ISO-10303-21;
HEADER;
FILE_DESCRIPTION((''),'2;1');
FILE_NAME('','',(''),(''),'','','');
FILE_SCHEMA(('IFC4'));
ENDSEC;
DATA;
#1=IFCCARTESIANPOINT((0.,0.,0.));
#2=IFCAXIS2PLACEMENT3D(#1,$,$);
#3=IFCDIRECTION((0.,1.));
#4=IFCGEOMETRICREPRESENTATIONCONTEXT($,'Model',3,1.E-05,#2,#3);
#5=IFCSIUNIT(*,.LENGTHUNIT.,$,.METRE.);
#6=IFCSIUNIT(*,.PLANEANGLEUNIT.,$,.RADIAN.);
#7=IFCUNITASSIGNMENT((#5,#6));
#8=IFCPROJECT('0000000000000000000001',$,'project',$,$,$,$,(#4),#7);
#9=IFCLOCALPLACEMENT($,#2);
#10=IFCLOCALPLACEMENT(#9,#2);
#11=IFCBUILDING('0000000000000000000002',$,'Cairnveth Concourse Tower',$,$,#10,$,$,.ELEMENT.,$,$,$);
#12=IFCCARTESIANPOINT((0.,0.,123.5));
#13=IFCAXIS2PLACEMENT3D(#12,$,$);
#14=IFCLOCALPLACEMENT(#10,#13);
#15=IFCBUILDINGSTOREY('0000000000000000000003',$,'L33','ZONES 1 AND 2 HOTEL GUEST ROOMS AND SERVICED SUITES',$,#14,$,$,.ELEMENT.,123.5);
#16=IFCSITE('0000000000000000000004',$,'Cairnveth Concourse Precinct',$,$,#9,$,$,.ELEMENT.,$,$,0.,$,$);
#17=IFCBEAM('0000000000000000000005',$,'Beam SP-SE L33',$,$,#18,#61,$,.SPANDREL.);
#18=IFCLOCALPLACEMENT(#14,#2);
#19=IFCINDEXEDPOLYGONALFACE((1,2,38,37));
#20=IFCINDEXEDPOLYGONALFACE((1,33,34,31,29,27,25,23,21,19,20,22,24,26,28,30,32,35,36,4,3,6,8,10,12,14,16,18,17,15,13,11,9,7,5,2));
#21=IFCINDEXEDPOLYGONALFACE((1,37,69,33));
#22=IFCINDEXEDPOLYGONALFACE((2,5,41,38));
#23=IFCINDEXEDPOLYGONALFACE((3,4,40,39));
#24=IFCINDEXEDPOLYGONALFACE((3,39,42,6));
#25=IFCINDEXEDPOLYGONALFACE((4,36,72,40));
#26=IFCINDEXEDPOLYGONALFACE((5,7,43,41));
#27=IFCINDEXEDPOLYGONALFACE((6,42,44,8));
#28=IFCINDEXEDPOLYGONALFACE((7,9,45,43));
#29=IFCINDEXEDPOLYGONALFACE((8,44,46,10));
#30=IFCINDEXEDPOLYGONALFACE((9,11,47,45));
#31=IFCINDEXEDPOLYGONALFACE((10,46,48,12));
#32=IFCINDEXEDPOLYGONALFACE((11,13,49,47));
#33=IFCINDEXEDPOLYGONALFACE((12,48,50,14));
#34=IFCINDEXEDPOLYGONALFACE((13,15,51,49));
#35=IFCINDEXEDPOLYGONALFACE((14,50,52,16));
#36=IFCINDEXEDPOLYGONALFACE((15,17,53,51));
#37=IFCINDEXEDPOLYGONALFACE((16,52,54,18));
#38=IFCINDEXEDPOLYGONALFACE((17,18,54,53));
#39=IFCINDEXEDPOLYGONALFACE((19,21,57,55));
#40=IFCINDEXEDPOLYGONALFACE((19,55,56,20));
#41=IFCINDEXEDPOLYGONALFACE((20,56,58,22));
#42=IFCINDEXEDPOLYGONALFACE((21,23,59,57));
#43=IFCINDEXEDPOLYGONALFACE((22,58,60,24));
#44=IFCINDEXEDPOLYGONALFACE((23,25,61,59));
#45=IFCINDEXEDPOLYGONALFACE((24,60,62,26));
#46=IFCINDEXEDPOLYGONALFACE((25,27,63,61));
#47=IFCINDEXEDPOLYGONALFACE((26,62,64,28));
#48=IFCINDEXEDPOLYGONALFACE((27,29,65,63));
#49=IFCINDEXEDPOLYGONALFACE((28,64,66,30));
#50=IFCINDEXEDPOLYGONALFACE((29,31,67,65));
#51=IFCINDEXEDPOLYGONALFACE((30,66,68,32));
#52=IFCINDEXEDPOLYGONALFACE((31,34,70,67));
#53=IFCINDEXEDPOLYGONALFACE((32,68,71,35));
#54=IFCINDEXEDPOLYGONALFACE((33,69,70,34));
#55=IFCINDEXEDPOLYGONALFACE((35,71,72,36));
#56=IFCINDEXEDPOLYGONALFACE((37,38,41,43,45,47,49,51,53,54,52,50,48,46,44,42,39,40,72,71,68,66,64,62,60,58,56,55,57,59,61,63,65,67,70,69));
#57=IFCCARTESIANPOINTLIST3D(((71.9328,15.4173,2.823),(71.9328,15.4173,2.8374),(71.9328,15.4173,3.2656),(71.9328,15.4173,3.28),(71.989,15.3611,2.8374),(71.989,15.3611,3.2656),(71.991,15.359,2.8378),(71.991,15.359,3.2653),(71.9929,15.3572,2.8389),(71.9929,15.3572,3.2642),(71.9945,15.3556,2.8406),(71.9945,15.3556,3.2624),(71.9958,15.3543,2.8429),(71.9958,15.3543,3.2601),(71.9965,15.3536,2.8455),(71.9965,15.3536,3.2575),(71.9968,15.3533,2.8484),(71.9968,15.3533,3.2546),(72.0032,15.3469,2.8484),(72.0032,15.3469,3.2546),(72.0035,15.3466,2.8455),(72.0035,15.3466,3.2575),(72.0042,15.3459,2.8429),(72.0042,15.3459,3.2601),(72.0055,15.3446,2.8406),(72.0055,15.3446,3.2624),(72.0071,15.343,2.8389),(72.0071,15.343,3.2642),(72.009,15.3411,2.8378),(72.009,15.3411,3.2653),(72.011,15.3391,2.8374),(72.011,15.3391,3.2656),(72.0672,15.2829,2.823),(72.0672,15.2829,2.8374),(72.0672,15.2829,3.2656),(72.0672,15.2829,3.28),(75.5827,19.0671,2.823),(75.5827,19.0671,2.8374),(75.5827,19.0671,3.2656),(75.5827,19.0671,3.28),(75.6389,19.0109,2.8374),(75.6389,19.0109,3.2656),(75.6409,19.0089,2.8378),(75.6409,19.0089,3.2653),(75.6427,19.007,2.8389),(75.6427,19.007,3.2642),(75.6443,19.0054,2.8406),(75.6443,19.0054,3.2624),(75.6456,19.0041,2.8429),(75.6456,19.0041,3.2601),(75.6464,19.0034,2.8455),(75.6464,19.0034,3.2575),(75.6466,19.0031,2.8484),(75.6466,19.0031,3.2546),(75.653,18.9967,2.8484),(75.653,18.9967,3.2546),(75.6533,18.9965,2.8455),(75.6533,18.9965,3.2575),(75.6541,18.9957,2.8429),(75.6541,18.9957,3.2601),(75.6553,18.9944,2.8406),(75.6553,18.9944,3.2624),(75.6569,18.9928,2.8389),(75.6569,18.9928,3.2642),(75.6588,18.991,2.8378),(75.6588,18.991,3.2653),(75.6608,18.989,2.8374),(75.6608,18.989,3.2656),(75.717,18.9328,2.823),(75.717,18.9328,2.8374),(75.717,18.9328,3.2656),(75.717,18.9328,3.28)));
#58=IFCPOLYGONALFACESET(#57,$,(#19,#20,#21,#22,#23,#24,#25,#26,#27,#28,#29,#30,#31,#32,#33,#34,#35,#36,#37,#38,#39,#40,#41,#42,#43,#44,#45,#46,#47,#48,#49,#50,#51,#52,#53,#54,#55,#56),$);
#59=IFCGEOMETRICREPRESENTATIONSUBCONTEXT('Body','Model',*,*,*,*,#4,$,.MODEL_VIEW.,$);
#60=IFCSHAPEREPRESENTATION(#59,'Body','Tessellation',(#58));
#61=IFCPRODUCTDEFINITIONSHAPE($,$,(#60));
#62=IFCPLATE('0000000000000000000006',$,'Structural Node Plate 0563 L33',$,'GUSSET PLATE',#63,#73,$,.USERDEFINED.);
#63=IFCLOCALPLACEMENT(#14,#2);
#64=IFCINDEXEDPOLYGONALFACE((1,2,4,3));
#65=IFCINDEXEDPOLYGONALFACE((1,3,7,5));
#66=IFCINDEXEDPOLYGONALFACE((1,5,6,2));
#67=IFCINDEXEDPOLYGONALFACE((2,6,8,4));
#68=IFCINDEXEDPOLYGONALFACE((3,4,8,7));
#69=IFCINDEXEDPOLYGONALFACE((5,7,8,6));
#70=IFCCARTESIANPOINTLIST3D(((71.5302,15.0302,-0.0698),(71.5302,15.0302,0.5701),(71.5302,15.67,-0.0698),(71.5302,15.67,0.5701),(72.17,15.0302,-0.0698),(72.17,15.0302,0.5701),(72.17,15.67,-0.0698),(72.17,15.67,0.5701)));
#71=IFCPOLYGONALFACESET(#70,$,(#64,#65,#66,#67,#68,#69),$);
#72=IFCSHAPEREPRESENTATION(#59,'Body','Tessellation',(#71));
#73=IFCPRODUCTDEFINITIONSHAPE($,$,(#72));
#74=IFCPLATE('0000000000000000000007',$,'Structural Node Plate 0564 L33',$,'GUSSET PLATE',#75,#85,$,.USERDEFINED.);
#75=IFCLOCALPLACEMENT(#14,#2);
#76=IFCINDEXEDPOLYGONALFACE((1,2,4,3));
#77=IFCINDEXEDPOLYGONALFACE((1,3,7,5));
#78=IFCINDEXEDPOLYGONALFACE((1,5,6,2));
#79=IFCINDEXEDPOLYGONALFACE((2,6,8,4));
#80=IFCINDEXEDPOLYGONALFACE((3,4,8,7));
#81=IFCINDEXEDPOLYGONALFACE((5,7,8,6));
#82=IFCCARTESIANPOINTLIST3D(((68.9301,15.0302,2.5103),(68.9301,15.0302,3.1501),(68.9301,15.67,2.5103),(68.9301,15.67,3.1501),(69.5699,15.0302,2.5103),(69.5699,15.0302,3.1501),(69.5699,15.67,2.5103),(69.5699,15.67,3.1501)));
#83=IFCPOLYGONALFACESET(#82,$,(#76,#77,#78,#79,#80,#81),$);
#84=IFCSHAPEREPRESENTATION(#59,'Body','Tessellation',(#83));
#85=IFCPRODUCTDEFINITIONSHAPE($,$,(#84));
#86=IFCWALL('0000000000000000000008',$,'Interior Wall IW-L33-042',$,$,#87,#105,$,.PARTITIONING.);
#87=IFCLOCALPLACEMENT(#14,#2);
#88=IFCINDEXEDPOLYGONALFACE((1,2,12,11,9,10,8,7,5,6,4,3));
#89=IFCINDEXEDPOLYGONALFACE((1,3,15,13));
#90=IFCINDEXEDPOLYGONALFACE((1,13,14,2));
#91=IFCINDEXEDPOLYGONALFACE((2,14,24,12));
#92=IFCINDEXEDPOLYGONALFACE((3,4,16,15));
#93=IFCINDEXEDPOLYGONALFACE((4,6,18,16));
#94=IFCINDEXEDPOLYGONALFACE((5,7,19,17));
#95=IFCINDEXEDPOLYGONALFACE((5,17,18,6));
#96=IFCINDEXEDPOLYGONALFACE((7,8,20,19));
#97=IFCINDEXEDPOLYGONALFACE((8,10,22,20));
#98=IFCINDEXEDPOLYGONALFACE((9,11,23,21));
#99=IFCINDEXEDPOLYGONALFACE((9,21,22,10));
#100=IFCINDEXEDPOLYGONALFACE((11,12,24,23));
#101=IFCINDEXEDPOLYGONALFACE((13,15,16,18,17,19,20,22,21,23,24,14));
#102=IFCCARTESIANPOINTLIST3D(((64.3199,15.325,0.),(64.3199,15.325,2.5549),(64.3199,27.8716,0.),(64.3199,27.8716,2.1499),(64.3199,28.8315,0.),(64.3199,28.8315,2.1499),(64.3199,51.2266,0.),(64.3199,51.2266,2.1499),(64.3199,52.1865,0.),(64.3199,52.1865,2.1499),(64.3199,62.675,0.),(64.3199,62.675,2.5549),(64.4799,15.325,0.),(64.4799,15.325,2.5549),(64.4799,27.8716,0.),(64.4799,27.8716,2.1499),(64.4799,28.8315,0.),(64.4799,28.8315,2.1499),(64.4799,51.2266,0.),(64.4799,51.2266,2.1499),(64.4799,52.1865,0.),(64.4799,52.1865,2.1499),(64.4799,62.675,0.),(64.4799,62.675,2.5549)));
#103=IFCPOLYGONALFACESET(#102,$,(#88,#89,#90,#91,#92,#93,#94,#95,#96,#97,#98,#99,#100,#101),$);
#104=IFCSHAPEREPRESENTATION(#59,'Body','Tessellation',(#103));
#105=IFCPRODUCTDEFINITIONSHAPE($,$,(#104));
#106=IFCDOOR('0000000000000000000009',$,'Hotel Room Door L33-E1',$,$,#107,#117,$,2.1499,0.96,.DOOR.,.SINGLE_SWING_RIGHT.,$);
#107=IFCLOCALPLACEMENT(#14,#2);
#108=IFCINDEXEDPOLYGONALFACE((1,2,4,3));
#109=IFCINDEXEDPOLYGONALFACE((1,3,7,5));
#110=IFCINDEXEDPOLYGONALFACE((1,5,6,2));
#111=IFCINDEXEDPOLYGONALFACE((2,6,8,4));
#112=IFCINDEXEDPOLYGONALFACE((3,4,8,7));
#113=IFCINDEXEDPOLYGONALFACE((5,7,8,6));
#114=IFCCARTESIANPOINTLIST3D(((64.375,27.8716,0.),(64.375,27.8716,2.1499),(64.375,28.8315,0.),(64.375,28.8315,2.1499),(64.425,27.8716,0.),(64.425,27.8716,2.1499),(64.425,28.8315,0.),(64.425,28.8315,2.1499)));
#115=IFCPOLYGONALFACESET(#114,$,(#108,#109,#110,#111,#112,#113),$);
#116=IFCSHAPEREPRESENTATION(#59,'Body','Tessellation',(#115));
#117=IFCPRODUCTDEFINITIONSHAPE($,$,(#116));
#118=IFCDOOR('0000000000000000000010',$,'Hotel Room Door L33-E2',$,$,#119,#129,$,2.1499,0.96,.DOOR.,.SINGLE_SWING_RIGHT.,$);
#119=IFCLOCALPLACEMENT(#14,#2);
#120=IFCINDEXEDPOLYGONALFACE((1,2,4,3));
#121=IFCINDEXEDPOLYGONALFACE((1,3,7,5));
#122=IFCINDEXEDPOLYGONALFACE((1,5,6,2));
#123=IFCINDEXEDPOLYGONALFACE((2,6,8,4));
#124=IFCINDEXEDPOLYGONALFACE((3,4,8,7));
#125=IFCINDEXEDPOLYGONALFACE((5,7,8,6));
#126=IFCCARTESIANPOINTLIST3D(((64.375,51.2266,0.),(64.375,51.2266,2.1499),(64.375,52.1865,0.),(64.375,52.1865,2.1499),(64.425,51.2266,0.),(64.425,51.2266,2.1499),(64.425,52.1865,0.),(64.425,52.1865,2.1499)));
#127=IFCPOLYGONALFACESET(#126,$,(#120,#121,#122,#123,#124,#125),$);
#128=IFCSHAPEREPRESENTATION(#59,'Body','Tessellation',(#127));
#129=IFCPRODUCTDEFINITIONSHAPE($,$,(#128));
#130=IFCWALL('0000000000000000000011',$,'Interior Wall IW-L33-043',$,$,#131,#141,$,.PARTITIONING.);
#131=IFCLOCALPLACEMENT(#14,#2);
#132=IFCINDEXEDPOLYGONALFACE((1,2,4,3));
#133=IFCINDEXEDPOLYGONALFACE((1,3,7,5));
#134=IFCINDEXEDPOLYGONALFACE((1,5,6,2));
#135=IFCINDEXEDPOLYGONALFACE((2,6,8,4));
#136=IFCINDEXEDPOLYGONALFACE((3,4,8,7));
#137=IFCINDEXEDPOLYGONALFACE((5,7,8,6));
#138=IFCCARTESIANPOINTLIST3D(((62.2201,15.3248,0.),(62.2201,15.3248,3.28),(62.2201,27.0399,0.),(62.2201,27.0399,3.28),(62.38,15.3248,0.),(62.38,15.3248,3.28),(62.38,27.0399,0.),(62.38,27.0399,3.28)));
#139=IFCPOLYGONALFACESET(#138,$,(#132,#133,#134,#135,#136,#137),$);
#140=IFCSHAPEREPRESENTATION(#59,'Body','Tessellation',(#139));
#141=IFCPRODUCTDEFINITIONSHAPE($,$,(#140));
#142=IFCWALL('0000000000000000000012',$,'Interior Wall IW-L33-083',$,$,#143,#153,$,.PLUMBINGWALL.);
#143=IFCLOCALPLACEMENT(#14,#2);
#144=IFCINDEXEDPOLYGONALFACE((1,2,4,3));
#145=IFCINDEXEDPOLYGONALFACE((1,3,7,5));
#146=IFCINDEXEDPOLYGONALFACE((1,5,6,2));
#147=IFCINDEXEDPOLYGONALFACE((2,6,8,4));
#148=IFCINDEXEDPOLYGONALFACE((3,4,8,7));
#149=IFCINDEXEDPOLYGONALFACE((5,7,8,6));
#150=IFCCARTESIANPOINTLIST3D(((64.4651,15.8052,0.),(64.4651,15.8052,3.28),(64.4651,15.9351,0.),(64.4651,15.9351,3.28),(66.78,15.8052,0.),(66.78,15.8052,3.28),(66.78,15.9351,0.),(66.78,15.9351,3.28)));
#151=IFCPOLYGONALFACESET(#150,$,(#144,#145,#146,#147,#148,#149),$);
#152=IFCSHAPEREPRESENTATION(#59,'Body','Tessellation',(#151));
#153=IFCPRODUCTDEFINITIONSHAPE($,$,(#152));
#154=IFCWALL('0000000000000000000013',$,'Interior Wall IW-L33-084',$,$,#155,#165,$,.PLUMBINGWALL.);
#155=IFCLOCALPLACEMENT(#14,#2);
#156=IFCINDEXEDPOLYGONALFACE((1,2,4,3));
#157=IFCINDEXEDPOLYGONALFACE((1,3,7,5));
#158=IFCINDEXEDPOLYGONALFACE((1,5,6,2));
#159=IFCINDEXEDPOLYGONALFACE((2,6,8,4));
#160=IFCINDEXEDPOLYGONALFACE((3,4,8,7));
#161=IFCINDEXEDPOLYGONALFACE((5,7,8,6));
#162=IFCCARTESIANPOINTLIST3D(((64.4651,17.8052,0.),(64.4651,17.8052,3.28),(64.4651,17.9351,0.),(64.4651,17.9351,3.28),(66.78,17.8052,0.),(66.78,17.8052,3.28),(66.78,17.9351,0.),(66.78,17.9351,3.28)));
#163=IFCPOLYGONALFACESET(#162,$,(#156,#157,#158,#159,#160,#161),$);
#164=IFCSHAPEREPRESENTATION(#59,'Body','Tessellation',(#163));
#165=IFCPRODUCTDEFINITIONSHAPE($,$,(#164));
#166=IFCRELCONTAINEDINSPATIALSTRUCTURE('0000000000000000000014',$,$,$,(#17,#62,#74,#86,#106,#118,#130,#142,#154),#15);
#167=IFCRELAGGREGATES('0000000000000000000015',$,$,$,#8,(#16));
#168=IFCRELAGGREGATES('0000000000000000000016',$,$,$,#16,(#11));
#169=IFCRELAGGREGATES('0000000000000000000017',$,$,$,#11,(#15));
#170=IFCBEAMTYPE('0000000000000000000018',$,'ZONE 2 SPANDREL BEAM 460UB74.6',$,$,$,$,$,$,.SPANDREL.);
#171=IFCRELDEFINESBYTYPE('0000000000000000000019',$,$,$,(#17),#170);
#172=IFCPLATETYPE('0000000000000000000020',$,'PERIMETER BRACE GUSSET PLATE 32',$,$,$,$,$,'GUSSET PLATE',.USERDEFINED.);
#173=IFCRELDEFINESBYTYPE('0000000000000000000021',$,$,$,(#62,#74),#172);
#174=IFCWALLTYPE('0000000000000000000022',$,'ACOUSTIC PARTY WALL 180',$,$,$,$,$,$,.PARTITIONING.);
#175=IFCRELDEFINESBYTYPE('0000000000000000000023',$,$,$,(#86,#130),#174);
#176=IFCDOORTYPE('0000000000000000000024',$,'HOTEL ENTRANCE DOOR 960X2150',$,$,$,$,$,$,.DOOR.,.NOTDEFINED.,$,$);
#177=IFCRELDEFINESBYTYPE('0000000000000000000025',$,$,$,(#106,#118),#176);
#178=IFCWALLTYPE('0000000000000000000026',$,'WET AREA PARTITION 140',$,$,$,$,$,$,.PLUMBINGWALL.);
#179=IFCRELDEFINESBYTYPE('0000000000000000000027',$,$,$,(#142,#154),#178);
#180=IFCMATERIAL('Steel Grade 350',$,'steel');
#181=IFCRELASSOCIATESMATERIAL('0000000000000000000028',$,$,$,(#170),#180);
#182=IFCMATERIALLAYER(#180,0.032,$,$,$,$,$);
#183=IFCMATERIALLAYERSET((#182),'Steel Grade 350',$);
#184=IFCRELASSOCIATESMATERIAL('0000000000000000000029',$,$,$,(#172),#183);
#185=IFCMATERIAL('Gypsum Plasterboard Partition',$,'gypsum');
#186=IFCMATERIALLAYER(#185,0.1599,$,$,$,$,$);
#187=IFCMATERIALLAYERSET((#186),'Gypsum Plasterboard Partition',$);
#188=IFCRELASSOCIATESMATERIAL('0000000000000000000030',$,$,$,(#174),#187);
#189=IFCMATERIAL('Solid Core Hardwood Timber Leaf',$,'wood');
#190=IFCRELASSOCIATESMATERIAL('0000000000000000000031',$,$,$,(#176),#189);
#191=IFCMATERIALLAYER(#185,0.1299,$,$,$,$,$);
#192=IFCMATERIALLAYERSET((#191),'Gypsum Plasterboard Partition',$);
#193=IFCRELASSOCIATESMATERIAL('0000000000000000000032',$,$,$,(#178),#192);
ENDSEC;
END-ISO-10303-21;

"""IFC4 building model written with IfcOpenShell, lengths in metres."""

from ifc_helpers import new_model, si_unit, direction, frame, frame_2d, origin, origin_2d, place, context, subcontext, project, spatial, rectangle, i_section, extrude, material, layer, layer_set, material_profile, profile_set, type_object, element, fill, save


model = new_model("IFC4")

# Units and contexts
model_context = context("Model", 3, precision=1e-05, world=origin(), true_north=direction((0.0, 1.0)))
body_context = subcontext(model_context, "Body", "Model", "MODEL_VIEW")
ifc_project = project(units=[si_unit("LENGTHUNIT", "METRE"), si_unit("PLANEANGLEUNIT", "RADIAN")], contexts=[model_context])

# Site, building, storey
site_placement = place(None, origin())
site = spatial("IfcSite", under=ifc_project, at=site_placement, Name="Cairnveth Concourse Precinct", CompositionType="ELEMENT", RefElevation=0.0)
building_placement = place(site_placement, origin())
building = spatial("IfcBuilding", under=site, at=building_placement, Name="Cairnveth Concourse Tower", CompositionType="ELEMENT")
storey_placement = place(building_placement, frame((0.0, 0.0, 123.5)))
storey = spatial("IfcBuildingStorey", under=building, at=storey_placement, Name="L33", Description="ZONES 1 AND 2 HOTEL GUEST ROOMS AND SERVICED SUITES", CompositionType="ELEMENT", Elevation=123.5)

# Shared definitions
ifc_material_1 = material(Name="Steel Grade 350", Category="steel")

# Beam
ifc_material_profile_1 = material_profile(ifc_material_1, i_section(OverallWidth=0.1899, OverallDepth=0.457, WebThickness=0.009, FlangeThickness=0.0144, FilletRadius=0.011, at=origin_2d()), Name="460UB74.6")
ifc_profile_set_1 = profile_set([ifc_material_profile_1], Name="Steel Grade 350")
beam_type_1 = type_object("IfcBeamType", Name="ZONE 2 SPANDREL BEAM 460UB74.6", PredefinedType="SPANDREL", material=ifc_profile_set_1)
beam_1_placement = place(storey_placement, frame((72.0, 15.3501, 3.0515), z_axis=(0.707107, 0.707107, 0.0), x_axis=(-0.707107, 0.707107, 0.0)))
element("IfcBeam", 1, at=beam_1_placement, inside=storey, type_object=beam_type_1, Name="Beam SP-SE L33", PredefinedType="SPANDREL", context=body_context, shape_type="SweptSolid", body=[
    extrude(i_section(OverallWidth=0.1899, OverallDepth=0.457, WebThickness=0.009, FlangeThickness=0.0144, FilletRadius=0.011, at=origin_2d()), origin(), (0.0, 0.0, 1.0), 5.1616),
])

# Plates
ifc_layer_1 = layer(ifc_material_1, 0.032)
ifc_layer_set_1 = layer_set([ifc_layer_1], Name="Steel Grade 350")
plate_type = type_object("IfcPlateType", Name="PERIMETER BRACE GUSSET PLATE 32", ElementType="GUSSET PLATE", PredefinedType="USERDEFINED", material=ifc_layer_set_1)
for number, where, z_axis, x_axis, name in (
    (2, (71.8501, 15.3501, -0.0698), (0.0, 0.0, 1.0), (1.0, 0.0, 0.0), "Structural Node Plate 0563 L33"),
    (3, (69.25, 15.3501, 2.5103), (0.0, 0.0, 1.0), (1.0, 0.0, 0.0), "Structural Node Plate 0564 L33"),
):
    element("IfcPlate", number, at=place(storey_placement, frame(where, z_axis=z_axis, x_axis=x_axis)), inside=storey, type_object=plate_type, Name=name, ObjectType="GUSSET PLATE", PredefinedType="USERDEFINED", context=body_context, shape_type="SweptSolid", body=[
        extrude(rectangle(XDim=0.6399, YDim=0.6399, at=origin_2d()), origin(), (0.0, 0.0, 1.0), 0.6399),
    ])

# Wall, openings, doors
ifc_material_2 = material(Name="Gypsum Plasterboard Partition", Category="gypsum")
ifc_layer_2 = layer(ifc_material_2, 0.1599)
ifc_layer_set_2 = layer_set([ifc_layer_2], Name="Gypsum Plasterboard Partition")
wall_type_1 = type_object("IfcWallType", Name="ACOUSTIC PARTY WALL 180", PredefinedType="PARTITIONING", material=ifc_layer_set_2)
wall_1_placement = place(storey_placement, frame((64.3999, 15.325, 0.0), z_axis=(0.0, 0.0, 1.0), x_axis=(0.0, 1.0, 0.0)))
wall_1 = element("IfcWall", 4, at=wall_1_placement, inside=storey, type_object=wall_type_1, Name="Interior Wall IW-L33-042", PredefinedType="PARTITIONING", context=body_context, shape_type="SweptSolid", body=[
    extrude(rectangle(XDim=47.3501, YDim=0.1599, at=frame_2d((23.675, 0.0))), origin(), (0.0, 0.0, 1.0), 2.5549),
])
opening_1_placement = place(wall_1_placement, frame((12.5466, 0.0, 0.0)))
opening_1 = element("IfcOpeningElement", 5, at=opening_1_placement, cuts=wall_1, PredefinedType="OPENING", context=body_context, shape_type="SweptSolid", body=[
    extrude(rectangle(XDim=0.96, YDim=2.1499, at=frame_2d((0.48, 1.075))), frame((0.0, 0.0898, 0.0), z_axis=(0.0, -1.0, 0.0), x_axis=(1.0, 0.0, 0.0)), (0.0, 0.0, 1.0), 0.1799),
])
opening_2_placement = place(wall_1_placement, frame((35.9016, 0.0, 0.0)))
opening_2 = element("IfcOpeningElement", 6, at=opening_2_placement, cuts=wall_1, PredefinedType="OPENING", context=body_context, shape_type="SweptSolid", body=[
    extrude(rectangle(XDim=0.96, YDim=2.1499, at=frame_2d((0.48, 1.075))), frame((0.0, 0.0898, 0.0), z_axis=(0.0, -1.0, 0.0), x_axis=(1.0, 0.0, 0.0)), (0.0, 0.0, 1.0), 0.1799),
])
ifc_material_3 = material(Name="Solid Core Hardwood Timber Leaf", Category="wood")
door_type_1 = type_object("IfcDoorType", Name="HOTEL ENTRANCE DOOR 960X2150", OperationType="NOTDEFINED", PredefinedType="DOOR", material=ifc_material_3)
door_1_placement = place(opening_1_placement, origin())
door_1 = element("IfcDoor", 7, at=door_1_placement, inside=storey, type_object=door_type_1, Name="Hotel Room Door L33-E1", OperationType="SINGLE_SWING_RIGHT", OverallHeight=2.1499, OverallWidth=0.96, PredefinedType="DOOR", context=body_context, shape_type="SweptSolid", body=[
    extrude(rectangle(XDim=0.96, YDim=2.1499, at=frame_2d((0.48, 1.075))), frame((0.0, 0.0249, 0.0), z_axis=(0.0, -1.0, 0.0), x_axis=(1.0, 0.0, 0.0)), (0.0, 0.0, 1.0), 0.05),
])
fill(opening_1, door_1)
door_2_placement = place(opening_2_placement, origin())
door_2 = element("IfcDoor", 8, at=door_2_placement, inside=storey, type_object=door_type_1, Name="Hotel Room Door L33-E2", OperationType="SINGLE_SWING_RIGHT", OverallHeight=2.1499, OverallWidth=0.96, PredefinedType="DOOR", context=body_context, shape_type="SweptSolid", body=[
    extrude(rectangle(XDim=0.96, YDim=2.1499, at=frame_2d((0.48, 1.075))), frame((0.0, 0.0249, 0.0), z_axis=(0.0, -1.0, 0.0), x_axis=(1.0, 0.0, 0.0)), (0.0, 0.0, 1.0), 0.05),
])
fill(opening_2, door_2)

# Walls
wall_2_placement = place(storey_placement, frame((62.3, 15.325, 0.0), z_axis=(0.0, 0.0, 1.0), x_axis=(0.0, 1.0, 0.0)))
element("IfcWall", 9, at=wall_2_placement, inside=storey, type_object=wall_type_1, Name="Interior Wall IW-L33-043", PredefinedType="PARTITIONING", context=body_context, shape_type="SweptSolid", body=[
    extrude(rectangle(XDim=11.7151, YDim=0.1599, at=frame_2d((5.8574, 0.0))), origin(), (0.0, 0.0, 1.0), 3.28),
])
ifc_layer_3 = layer(ifc_material_2, 0.1299)
ifc_layer_set_3 = layer_set([ifc_layer_3], Name="Gypsum Plasterboard Partition")
wall_type_2 = type_object("IfcWallType", Name="WET AREA PARTITION 140", PredefinedType="PLUMBINGWALL", material=ifc_layer_set_3)
for number, where, z_axis, x_axis, name in (
    (10, (64.4651, 15.8701, 0.0), (0.0, 0.0, 1.0), (1.0, 0.0, 0.0), "Interior Wall IW-L33-083"),
    (11, (64.4651, 17.8701, 0.0), (0.0, 0.0, 1.0), (1.0, 0.0, 0.0), "Interior Wall IW-L33-084"),
):
    element("IfcWall", number, at=place(storey_placement, frame(where, z_axis=z_axis, x_axis=x_axis)), inside=storey, type_object=wall_type_2, Name=name, PredefinedType="PLUMBINGWALL", context=body_context, shape_type="SweptSolid", body=[
        extrude(rectangle(XDim=2.3149, YDim=0.1299, at=frame_2d((1.1575, 0.0))), origin(), (0.0, 0.0, 1.0), 3.28),
    ])

save(model, "model.ifc")
